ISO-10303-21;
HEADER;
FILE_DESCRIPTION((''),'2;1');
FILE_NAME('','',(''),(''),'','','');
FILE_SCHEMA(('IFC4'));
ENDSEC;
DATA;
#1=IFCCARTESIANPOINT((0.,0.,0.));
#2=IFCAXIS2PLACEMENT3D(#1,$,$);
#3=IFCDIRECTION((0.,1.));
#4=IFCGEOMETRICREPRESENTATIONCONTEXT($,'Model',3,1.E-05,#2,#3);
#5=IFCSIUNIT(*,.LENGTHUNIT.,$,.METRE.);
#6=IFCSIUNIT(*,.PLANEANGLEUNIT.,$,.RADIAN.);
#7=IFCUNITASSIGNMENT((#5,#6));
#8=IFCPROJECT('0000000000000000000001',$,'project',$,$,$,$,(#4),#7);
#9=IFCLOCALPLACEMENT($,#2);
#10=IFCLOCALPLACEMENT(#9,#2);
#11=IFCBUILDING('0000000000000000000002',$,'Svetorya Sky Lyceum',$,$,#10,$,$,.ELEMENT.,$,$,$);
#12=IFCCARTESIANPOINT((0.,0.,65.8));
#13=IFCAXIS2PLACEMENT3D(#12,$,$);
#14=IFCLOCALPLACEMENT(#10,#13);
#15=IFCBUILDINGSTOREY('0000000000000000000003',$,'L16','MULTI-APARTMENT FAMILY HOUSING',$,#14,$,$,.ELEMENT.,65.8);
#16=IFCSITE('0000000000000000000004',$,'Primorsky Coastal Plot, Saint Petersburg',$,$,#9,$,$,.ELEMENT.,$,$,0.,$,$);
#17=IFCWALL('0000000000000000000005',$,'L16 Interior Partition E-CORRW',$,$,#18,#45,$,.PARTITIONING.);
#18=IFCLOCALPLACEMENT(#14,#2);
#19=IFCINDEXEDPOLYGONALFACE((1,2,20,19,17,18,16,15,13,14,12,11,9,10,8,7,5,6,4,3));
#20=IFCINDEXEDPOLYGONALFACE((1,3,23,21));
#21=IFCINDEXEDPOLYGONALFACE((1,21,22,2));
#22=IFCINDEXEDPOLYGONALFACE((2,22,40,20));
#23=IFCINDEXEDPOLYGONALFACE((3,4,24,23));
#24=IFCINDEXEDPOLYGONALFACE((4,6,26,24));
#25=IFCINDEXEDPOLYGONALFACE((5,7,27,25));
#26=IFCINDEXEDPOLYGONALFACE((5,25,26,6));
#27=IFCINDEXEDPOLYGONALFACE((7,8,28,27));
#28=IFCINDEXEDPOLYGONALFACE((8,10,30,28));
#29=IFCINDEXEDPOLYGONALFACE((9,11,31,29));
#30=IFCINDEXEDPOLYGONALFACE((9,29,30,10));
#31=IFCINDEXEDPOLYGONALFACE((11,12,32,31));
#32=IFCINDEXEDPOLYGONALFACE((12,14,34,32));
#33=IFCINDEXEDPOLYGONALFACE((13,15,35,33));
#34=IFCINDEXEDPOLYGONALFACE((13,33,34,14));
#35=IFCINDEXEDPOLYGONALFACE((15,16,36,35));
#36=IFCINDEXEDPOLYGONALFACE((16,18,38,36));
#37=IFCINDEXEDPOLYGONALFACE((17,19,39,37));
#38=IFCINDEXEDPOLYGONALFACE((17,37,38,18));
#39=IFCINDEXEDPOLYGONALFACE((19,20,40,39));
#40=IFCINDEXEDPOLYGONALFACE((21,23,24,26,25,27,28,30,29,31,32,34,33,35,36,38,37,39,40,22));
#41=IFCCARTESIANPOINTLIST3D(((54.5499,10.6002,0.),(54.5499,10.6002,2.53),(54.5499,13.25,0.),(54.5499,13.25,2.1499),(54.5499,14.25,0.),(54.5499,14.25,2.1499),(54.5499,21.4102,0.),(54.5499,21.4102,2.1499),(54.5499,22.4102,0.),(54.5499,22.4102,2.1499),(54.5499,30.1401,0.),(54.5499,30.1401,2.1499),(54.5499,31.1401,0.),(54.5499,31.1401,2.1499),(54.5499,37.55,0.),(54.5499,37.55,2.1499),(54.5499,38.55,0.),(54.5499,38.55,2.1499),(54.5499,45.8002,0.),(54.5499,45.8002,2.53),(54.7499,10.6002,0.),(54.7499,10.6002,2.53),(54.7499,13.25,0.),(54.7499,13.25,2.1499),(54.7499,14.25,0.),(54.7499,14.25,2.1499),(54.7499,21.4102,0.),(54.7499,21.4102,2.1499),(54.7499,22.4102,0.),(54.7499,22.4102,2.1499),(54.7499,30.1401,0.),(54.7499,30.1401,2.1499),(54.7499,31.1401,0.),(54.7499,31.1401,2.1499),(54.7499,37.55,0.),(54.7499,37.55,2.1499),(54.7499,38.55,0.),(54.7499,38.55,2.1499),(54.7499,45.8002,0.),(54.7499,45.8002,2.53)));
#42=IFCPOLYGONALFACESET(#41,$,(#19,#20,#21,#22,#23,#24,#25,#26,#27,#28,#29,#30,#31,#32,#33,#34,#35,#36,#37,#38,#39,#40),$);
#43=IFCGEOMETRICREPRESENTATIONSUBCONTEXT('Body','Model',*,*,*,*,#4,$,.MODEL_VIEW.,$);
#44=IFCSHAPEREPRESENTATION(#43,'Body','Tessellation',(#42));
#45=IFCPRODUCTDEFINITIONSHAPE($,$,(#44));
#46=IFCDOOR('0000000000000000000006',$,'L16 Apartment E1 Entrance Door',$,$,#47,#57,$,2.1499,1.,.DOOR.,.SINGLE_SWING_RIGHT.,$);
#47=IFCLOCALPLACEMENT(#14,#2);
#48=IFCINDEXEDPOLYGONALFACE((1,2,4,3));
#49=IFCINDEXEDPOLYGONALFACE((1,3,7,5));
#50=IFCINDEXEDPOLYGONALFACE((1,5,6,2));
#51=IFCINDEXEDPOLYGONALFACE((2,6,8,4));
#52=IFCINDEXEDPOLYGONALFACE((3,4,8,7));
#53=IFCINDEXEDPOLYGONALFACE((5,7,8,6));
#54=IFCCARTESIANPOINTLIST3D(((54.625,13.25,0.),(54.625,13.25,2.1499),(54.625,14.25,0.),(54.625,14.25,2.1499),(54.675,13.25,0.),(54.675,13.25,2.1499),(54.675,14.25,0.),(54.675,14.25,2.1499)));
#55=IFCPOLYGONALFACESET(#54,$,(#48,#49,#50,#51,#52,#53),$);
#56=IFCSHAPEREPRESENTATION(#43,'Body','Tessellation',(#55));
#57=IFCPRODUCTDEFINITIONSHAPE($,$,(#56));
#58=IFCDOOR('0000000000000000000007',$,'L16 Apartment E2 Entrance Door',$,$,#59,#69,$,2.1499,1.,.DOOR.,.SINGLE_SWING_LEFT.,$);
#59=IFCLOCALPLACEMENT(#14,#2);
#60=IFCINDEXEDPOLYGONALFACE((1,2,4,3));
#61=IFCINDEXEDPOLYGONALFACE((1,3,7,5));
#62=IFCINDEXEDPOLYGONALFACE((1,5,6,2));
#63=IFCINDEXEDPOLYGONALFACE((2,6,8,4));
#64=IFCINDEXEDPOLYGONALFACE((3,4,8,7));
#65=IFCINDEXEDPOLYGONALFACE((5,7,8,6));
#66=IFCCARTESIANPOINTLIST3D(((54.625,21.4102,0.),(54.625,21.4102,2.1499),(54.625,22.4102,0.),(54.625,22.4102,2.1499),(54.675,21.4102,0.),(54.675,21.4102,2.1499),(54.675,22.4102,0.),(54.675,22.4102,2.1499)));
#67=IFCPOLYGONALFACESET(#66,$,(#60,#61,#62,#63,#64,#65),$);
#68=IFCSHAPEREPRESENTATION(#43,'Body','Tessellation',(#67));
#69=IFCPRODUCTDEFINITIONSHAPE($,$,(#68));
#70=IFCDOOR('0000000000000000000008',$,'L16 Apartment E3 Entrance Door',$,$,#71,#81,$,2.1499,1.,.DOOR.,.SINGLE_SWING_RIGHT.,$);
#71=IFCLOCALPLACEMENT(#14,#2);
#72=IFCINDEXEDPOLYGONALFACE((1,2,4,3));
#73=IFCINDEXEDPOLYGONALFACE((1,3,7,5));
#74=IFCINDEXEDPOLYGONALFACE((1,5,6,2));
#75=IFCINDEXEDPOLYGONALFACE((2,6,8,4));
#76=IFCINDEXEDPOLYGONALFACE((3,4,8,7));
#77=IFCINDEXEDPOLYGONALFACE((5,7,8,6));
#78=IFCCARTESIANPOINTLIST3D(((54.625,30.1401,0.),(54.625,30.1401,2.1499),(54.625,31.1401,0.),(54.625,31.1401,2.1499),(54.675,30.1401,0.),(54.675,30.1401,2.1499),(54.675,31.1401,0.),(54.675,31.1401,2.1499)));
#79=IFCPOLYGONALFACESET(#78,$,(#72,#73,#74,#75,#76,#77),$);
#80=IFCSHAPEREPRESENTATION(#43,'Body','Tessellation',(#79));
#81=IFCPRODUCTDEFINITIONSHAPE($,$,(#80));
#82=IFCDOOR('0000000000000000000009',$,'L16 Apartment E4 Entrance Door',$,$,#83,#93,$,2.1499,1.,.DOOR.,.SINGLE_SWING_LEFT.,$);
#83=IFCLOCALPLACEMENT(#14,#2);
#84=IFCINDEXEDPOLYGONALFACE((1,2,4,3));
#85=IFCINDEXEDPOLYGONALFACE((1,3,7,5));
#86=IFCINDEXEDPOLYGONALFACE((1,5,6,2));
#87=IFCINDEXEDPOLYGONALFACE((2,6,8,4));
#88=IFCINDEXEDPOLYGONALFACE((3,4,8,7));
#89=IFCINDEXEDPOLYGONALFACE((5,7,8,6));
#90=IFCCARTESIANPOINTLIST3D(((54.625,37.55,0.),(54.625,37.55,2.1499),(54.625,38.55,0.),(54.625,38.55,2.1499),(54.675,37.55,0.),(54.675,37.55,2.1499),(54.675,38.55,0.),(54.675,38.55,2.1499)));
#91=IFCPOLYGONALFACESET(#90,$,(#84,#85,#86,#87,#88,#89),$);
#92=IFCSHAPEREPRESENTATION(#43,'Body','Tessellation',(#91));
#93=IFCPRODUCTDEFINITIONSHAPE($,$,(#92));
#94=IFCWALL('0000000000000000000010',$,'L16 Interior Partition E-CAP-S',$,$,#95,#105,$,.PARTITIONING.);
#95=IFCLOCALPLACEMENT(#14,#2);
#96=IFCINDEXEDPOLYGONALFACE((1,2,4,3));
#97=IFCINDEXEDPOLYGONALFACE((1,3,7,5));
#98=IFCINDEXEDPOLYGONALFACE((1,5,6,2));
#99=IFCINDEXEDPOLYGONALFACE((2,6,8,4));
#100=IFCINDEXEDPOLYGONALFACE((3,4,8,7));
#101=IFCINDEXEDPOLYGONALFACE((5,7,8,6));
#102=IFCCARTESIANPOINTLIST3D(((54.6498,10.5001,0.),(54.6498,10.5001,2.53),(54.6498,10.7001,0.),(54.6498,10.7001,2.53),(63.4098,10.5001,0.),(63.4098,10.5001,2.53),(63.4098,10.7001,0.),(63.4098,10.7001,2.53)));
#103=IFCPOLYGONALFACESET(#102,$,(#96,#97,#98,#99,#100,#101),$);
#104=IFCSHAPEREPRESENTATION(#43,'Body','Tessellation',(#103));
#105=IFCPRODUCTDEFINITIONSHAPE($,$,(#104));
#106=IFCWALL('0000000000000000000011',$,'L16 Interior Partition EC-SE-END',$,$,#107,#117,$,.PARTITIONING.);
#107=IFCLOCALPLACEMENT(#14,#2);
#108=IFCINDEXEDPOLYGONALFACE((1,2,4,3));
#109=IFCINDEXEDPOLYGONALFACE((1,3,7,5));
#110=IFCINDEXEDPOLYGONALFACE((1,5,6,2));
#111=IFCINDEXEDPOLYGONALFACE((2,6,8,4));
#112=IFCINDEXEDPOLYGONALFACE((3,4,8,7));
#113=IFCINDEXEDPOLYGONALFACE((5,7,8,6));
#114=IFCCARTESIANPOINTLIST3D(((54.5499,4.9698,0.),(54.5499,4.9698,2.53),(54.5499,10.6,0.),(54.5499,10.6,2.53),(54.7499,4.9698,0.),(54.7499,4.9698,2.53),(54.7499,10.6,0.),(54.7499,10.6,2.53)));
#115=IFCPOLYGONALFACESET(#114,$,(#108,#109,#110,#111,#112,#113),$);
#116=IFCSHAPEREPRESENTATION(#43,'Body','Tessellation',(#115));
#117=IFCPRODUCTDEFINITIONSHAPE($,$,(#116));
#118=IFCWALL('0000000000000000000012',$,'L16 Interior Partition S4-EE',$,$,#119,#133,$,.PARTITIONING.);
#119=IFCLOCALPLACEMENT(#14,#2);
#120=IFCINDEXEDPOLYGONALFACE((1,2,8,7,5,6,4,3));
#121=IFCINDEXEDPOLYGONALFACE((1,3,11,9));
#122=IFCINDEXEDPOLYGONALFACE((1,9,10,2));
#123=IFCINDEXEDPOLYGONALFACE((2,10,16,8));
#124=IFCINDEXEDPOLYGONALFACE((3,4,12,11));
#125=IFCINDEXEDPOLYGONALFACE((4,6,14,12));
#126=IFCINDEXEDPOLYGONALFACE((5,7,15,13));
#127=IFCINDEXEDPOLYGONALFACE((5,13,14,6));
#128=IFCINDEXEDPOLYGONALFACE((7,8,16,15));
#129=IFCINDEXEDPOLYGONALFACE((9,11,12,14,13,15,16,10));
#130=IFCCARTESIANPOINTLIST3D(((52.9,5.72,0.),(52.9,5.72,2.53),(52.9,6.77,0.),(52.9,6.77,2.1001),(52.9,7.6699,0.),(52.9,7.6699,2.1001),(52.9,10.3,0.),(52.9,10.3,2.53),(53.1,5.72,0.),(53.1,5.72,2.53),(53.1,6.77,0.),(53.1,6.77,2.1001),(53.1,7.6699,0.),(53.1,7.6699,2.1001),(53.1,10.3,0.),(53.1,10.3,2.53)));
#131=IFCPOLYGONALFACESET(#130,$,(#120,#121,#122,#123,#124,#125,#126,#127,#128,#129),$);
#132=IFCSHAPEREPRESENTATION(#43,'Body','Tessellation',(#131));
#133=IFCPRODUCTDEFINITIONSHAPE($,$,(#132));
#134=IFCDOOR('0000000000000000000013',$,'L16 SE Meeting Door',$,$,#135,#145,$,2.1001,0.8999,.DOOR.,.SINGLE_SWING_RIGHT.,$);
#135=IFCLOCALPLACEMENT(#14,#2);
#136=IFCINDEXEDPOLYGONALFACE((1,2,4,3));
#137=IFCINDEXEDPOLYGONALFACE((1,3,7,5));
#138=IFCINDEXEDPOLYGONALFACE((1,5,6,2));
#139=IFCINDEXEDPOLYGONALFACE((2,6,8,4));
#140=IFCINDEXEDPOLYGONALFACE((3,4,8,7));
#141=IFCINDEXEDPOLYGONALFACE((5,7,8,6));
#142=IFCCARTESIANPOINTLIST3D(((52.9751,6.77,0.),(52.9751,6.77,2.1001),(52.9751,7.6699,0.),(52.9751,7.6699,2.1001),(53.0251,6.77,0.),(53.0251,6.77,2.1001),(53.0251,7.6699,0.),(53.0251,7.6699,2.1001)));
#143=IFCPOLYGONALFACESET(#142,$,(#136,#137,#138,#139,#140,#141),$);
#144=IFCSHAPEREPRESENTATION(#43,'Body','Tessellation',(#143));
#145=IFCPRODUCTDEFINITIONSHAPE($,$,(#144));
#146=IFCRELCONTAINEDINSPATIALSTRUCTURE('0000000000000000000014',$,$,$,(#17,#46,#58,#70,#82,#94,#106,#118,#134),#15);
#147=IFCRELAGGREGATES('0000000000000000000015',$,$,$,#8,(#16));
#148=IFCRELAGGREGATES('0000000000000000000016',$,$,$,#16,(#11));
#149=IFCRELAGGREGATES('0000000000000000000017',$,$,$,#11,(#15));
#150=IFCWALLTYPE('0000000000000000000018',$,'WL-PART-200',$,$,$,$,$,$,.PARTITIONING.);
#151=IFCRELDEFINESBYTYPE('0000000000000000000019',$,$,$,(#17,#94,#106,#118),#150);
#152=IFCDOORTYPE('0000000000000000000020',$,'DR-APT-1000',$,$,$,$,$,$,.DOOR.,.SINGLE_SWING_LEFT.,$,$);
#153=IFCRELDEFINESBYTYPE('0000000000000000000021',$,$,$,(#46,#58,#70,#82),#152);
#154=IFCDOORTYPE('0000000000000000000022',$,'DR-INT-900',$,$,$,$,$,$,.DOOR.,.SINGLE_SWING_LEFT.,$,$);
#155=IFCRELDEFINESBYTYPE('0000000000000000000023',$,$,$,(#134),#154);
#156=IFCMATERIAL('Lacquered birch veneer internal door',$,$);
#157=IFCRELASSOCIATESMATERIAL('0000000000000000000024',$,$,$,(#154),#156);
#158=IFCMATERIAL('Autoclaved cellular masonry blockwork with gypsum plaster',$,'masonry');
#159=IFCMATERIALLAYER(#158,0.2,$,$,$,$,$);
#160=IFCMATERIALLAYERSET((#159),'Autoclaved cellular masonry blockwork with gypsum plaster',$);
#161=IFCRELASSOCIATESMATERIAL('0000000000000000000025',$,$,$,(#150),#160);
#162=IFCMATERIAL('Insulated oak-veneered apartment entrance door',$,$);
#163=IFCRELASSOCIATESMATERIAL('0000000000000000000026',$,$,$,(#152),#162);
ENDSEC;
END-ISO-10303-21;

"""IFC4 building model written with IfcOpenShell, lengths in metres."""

from ifc_helpers import new_model, si_unit, direction, frame, frame_2d, origin, place, context, subcontext, project, spatial, rectangle, extrude, material, layer, layer_set, type_object, element, fill, save


model = new_model("IFC4")

# Units and contexts
model_context = context("Model", 3, precision=1e-05, world=origin(), true_north=direction((0.0, 1.0)))
body_context = subcontext(model_context, "Body", "Model", "MODEL_VIEW")
ifc_project = project(units=[si_unit("LENGTHUNIT", "METRE"), si_unit("PLANEANGLEUNIT", "RADIAN")], contexts=[model_context])

# Site, building, storey
site_placement = place(None, origin())
site = spatial("IfcSite", under=ifc_project, at=site_placement, Name="Primorsky Coastal Plot, Saint Petersburg", CompositionType="ELEMENT", RefElevation=0.0)
building_placement = place(site_placement, origin())
building = spatial("IfcBuilding", under=site, at=building_placement, Name="Svetorya Sky Lyceum", CompositionType="ELEMENT")
storey_placement = place(building_placement, frame((0.0, 0.0, 65.8)))
storey = spatial("IfcBuildingStorey", under=building, at=storey_placement, Name="L16", Description="MULTI-APARTMENT FAMILY HOUSING", CompositionType="ELEMENT", Elevation=65.8)

# Shared definitions
ifc_material_1 = material(Name="Lacquered birch veneer internal door")
door_type_1 = type_object("IfcDoorType", Name="DR-INT-900", OperationType="SINGLE_SWING_LEFT", PredefinedType="DOOR", material=ifc_material_1)

# Wall, openings, doors
ifc_material_2 = material(Name="Autoclaved cellular masonry blockwork with gypsum plaster", Category="masonry")
ifc_layer_1 = layer(ifc_material_2, 0.2)
ifc_layer_set_1 = layer_set([ifc_layer_1], Name="Autoclaved cellular masonry blockwork with gypsum plaster")
wall_type_1 = type_object("IfcWallType", Name="WL-PART-200", PredefinedType="PARTITIONING", material=ifc_layer_set_1)
wall_1_placement = place(storey_placement, frame((54.6499, 10.6001, 0.0), z_axis=(0.0, 0.0, 1.0), x_axis=(0.0, 1.0, 0.0)))
wall_1 = element("IfcWall", 1, at=wall_1_placement, inside=storey, type_object=wall_type_1, Name="L16 Interior Partition E-CORRW", PredefinedType="PARTITIONING", context=body_context, shape_type="SweptSolid", body=[
    extrude(rectangle(XDim=35.2, YDim=0.2, at=frame_2d((17.6001, 0.0))), origin(), (0.0, 0.0, 1.0), 2.53),
])
opening_1_placement = place(wall_1_placement, frame((2.6499, 0.0, 0.0)))
opening_1 = element("IfcOpeningElement", 2, at=opening_1_placement, cuts=wall_1, PredefinedType="OPENING", context=body_context, shape_type="SweptSolid", body=[
    extrude(rectangle(XDim=1.0, YDim=2.1499, at=frame_2d((0.5, 1.075))), frame((0.0, 0.1099, 0.0), z_axis=(0.0, -1.0, 0.0), x_axis=(1.0, 0.0, 0.0)), (0.0, 0.0, 1.0), 0.22),
])
opening_2_placement = place(wall_1_placement, frame((10.8101, 0.0, 0.0)))
opening_2 = element("IfcOpeningElement", 3, at=opening_2_placement, cuts=wall_1, PredefinedType="OPENING", context=body_context, shape_type="SweptSolid", body=[
    extrude(rectangle(XDim=1.0, YDim=2.1499, at=frame_2d((0.5, 1.075))), frame((0.0, 0.1099, 0.0), z_axis=(0.0, -1.0, 0.0), x_axis=(1.0, 0.0, 0.0)), (0.0, 0.0, 1.0), 0.22),
])
opening_3_placement = place(wall_1_placement, frame((19.54, 0.0, 0.0)))
opening_3 = element("IfcOpeningElement", 4, at=opening_3_placement, cuts=wall_1, PredefinedType="OPENING", context=body_context, shape_type="SweptSolid", body=[
    extrude(rectangle(XDim=1.0, YDim=2.1499, at=frame_2d((0.5, 1.075))), frame((0.0, 0.1099, 0.0), z_axis=(0.0, -1.0, 0.0), x_axis=(1.0, 0.0, 0.0)), (0.0, 0.0, 1.0), 0.22),
])
opening_4_placement = place(wall_1_placement, frame((26.95, 0.0, 0.0)))
opening_4 = element("IfcOpeningElement", 5, at=opening_4_placement, cuts=wall_1, PredefinedType="OPENING", context=body_context, shape_type="SweptSolid", body=[
    extrude(rectangle(XDim=1.0, YDim=2.1499, at=frame_2d((0.5, 1.075))), frame((0.0, 0.1099, 0.0), z_axis=(0.0, -1.0, 0.0), x_axis=(1.0, 0.0, 0.0)), (0.0, 0.0, 1.0), 0.22),
])
ifc_material_3 = material(Name="Insulated oak-veneered apartment entrance door")
door_type_2 = type_object("IfcDoorType", Name="DR-APT-1000", OperationType="SINGLE_SWING_LEFT", PredefinedType="DOOR", material=ifc_material_3)
door_1_placement = place(opening_1_placement, origin())
door_1 = element("IfcDoor", 6, at=door_1_placement, inside=storey, type_object=door_type_2, Name="L16 Apartment E1 Entrance Door", OperationType="SINGLE_SWING_RIGHT", OverallHeight=2.1499, OverallWidth=1.0, PredefinedType="DOOR", context=body_context, shape_type="SweptSolid", body=[
    extrude(rectangle(XDim=1.0, YDim=2.1499, at=frame_2d((0.5, 1.075))), frame((0.0, 0.0249, 0.0), z_axis=(0.0, -1.0, 0.0), x_axis=(1.0, 0.0, 0.0)), (0.0, 0.0, 1.0), 0.05),
])
fill(opening_1, door_1)
door_2_placement = place(opening_2_placement, origin())
door_2 = element("IfcDoor", 7, at=door_2_placement, inside=storey, type_object=door_type_2, Name="L16 Apartment E2 Entrance Door", OperationType="SINGLE_SWING_LEFT", OverallHeight=2.1499, OverallWidth=1.0, PredefinedType="DOOR", context=body_context, shape_type="SweptSolid", body=[
    extrude(rectangle(XDim=1.0, YDim=2.1499, at=frame_2d((0.5, 1.075))), frame((0.0, 0.0249, 0.0), z_axis=(0.0, -1.0, 0.0), x_axis=(1.0, 0.0, 0.0)), (0.0, 0.0, 1.0), 0.05),
])
fill(opening_2, door_2)
door_3_placement = place(opening_3_placement, origin())
door_3 = element("IfcDoor", 8, at=door_3_placement, inside=storey, type_object=door_type_2, Name="L16 Apartment E3 Entrance Door", OperationType="SINGLE_SWING_RIGHT", OverallHeight=2.1499, OverallWidth=1.0, PredefinedType="DOOR", context=body_context, shape_type="SweptSolid", body=[
    extrude(rectangle(XDim=1.0, YDim=2.1499, at=frame_2d((0.5, 1.075))), frame((0.0, 0.0249, 0.0), z_axis=(0.0, -1.0, 0.0), x_axis=(1.0, 0.0, 0.0)), (0.0, 0.0, 1.0), 0.05),
])
fill(opening_3, door_3)
door_4_placement = place(opening_4_placement, origin())
door_4 = element("IfcDoor", 9, at=door_4_placement, inside=storey, type_object=door_type_2, Name="L16 Apartment E4 Entrance Door", OperationType="SINGLE_SWING_LEFT", OverallHeight=2.1499, OverallWidth=1.0, PredefinedType="DOOR", context=body_context, shape_type="SweptSolid", body=[
    extrude(rectangle(XDim=1.0, YDim=2.1499, at=frame_2d((0.5, 1.075))), frame((0.0, 0.0249, 0.0), z_axis=(0.0, -1.0, 0.0), x_axis=(1.0, 0.0, 0.0)), (0.0, 0.0, 1.0), 0.05),
])
fill(opening_4, door_4)

# Walls
wall_2_placement = place(storey_placement, frame((54.6499, 10.6001, 0.0), z_axis=(0.0, 0.0, 1.0), x_axis=(1.0, 0.0, 0.0)))
element("IfcWall", 10, at=wall_2_placement, inside=storey, type_object=wall_type_1, Name="L16 Interior Partition E-CAP-S", PredefinedType="PARTITIONING", context=body_context, shape_type="SweptSolid", body=[
    extrude(rectangle(XDim=8.76, YDim=0.2, at=frame_2d((4.3799, 0.0))), origin(), (0.0, 0.0, 1.0), 2.53),
])
wall_3_placement = place(storey_placement, frame((54.6499, 4.97, 0.0), z_axis=(0.0, 0.0, 1.0), x_axis=(0.0, 1.0, 0.0)))
element("IfcWall", 11, at=wall_3_placement, inside=storey, type_object=wall_type_1, Name="L16 Interior Partition EC-SE-END", PredefinedType="PARTITIONING", context=body_context, shape_type="SweptSolid", body=[
    extrude(rectangle(XDim=5.6301, YDim=0.2, at=frame_2d((2.8149, 0.0))), origin(), (0.0, 0.0, 1.0), 2.53),
])

# Wall, opening, door
wall_4_placement = place(storey_placement, frame((53.0, 5.72, 0.0), z_axis=(0.0, 0.0, 1.0), x_axis=(0.0, 1.0, 0.0)))
wall_4 = element("IfcWall", 12, at=wall_4_placement, inside=storey, type_object=wall_type_1, Name="L16 Interior Partition S4-EE", PredefinedType="PARTITIONING", context=body_context, shape_type="SweptSolid", body=[
    extrude(rectangle(XDim=4.5801, YDim=0.2, at=frame_2d((2.29, 0.0))), origin(), (0.0, 0.0, 1.0), 2.53),
])
opening_5_placement = place(wall_4_placement, frame((1.05, 0.0, 0.0)))
opening_5 = element("IfcOpeningElement", 13, at=opening_5_placement, cuts=wall_4, PredefinedType="OPENING", context=body_context, shape_type="SweptSolid", body=[
    extrude(rectangle(XDim=0.8999, YDim=2.1001, at=frame_2d((0.45, 1.05))), frame((0.0, 0.1099, 0.0), z_axis=(0.0, -1.0, 0.0), x_axis=(1.0, 0.0, 0.0)), (0.0, 0.0, 1.0), 0.22),
])
door_5_placement = place(opening_5_placement, origin())
door_5 = element("IfcDoor", 14, at=door_5_placement, inside=storey, type_object=door_type_1, Name="L16 SE Meeting Door", OperationType="SINGLE_SWING_RIGHT", OverallHeight=2.1001, OverallWidth=0.8999, PredefinedType="DOOR", context=body_context, shape_type="SweptSolid", body=[
    extrude(rectangle(XDim=0.8999, YDim=2.1001, at=frame_2d((0.45, 1.05))), frame((0.0, 0.0249, 0.0), z_axis=(0.0, -1.0, 0.0), x_axis=(1.0, 0.0, 0.0)), (0.0, 0.0, 1.0), 0.05),
])
fill(opening_5, door_5)

save(model, "model.ifc")
